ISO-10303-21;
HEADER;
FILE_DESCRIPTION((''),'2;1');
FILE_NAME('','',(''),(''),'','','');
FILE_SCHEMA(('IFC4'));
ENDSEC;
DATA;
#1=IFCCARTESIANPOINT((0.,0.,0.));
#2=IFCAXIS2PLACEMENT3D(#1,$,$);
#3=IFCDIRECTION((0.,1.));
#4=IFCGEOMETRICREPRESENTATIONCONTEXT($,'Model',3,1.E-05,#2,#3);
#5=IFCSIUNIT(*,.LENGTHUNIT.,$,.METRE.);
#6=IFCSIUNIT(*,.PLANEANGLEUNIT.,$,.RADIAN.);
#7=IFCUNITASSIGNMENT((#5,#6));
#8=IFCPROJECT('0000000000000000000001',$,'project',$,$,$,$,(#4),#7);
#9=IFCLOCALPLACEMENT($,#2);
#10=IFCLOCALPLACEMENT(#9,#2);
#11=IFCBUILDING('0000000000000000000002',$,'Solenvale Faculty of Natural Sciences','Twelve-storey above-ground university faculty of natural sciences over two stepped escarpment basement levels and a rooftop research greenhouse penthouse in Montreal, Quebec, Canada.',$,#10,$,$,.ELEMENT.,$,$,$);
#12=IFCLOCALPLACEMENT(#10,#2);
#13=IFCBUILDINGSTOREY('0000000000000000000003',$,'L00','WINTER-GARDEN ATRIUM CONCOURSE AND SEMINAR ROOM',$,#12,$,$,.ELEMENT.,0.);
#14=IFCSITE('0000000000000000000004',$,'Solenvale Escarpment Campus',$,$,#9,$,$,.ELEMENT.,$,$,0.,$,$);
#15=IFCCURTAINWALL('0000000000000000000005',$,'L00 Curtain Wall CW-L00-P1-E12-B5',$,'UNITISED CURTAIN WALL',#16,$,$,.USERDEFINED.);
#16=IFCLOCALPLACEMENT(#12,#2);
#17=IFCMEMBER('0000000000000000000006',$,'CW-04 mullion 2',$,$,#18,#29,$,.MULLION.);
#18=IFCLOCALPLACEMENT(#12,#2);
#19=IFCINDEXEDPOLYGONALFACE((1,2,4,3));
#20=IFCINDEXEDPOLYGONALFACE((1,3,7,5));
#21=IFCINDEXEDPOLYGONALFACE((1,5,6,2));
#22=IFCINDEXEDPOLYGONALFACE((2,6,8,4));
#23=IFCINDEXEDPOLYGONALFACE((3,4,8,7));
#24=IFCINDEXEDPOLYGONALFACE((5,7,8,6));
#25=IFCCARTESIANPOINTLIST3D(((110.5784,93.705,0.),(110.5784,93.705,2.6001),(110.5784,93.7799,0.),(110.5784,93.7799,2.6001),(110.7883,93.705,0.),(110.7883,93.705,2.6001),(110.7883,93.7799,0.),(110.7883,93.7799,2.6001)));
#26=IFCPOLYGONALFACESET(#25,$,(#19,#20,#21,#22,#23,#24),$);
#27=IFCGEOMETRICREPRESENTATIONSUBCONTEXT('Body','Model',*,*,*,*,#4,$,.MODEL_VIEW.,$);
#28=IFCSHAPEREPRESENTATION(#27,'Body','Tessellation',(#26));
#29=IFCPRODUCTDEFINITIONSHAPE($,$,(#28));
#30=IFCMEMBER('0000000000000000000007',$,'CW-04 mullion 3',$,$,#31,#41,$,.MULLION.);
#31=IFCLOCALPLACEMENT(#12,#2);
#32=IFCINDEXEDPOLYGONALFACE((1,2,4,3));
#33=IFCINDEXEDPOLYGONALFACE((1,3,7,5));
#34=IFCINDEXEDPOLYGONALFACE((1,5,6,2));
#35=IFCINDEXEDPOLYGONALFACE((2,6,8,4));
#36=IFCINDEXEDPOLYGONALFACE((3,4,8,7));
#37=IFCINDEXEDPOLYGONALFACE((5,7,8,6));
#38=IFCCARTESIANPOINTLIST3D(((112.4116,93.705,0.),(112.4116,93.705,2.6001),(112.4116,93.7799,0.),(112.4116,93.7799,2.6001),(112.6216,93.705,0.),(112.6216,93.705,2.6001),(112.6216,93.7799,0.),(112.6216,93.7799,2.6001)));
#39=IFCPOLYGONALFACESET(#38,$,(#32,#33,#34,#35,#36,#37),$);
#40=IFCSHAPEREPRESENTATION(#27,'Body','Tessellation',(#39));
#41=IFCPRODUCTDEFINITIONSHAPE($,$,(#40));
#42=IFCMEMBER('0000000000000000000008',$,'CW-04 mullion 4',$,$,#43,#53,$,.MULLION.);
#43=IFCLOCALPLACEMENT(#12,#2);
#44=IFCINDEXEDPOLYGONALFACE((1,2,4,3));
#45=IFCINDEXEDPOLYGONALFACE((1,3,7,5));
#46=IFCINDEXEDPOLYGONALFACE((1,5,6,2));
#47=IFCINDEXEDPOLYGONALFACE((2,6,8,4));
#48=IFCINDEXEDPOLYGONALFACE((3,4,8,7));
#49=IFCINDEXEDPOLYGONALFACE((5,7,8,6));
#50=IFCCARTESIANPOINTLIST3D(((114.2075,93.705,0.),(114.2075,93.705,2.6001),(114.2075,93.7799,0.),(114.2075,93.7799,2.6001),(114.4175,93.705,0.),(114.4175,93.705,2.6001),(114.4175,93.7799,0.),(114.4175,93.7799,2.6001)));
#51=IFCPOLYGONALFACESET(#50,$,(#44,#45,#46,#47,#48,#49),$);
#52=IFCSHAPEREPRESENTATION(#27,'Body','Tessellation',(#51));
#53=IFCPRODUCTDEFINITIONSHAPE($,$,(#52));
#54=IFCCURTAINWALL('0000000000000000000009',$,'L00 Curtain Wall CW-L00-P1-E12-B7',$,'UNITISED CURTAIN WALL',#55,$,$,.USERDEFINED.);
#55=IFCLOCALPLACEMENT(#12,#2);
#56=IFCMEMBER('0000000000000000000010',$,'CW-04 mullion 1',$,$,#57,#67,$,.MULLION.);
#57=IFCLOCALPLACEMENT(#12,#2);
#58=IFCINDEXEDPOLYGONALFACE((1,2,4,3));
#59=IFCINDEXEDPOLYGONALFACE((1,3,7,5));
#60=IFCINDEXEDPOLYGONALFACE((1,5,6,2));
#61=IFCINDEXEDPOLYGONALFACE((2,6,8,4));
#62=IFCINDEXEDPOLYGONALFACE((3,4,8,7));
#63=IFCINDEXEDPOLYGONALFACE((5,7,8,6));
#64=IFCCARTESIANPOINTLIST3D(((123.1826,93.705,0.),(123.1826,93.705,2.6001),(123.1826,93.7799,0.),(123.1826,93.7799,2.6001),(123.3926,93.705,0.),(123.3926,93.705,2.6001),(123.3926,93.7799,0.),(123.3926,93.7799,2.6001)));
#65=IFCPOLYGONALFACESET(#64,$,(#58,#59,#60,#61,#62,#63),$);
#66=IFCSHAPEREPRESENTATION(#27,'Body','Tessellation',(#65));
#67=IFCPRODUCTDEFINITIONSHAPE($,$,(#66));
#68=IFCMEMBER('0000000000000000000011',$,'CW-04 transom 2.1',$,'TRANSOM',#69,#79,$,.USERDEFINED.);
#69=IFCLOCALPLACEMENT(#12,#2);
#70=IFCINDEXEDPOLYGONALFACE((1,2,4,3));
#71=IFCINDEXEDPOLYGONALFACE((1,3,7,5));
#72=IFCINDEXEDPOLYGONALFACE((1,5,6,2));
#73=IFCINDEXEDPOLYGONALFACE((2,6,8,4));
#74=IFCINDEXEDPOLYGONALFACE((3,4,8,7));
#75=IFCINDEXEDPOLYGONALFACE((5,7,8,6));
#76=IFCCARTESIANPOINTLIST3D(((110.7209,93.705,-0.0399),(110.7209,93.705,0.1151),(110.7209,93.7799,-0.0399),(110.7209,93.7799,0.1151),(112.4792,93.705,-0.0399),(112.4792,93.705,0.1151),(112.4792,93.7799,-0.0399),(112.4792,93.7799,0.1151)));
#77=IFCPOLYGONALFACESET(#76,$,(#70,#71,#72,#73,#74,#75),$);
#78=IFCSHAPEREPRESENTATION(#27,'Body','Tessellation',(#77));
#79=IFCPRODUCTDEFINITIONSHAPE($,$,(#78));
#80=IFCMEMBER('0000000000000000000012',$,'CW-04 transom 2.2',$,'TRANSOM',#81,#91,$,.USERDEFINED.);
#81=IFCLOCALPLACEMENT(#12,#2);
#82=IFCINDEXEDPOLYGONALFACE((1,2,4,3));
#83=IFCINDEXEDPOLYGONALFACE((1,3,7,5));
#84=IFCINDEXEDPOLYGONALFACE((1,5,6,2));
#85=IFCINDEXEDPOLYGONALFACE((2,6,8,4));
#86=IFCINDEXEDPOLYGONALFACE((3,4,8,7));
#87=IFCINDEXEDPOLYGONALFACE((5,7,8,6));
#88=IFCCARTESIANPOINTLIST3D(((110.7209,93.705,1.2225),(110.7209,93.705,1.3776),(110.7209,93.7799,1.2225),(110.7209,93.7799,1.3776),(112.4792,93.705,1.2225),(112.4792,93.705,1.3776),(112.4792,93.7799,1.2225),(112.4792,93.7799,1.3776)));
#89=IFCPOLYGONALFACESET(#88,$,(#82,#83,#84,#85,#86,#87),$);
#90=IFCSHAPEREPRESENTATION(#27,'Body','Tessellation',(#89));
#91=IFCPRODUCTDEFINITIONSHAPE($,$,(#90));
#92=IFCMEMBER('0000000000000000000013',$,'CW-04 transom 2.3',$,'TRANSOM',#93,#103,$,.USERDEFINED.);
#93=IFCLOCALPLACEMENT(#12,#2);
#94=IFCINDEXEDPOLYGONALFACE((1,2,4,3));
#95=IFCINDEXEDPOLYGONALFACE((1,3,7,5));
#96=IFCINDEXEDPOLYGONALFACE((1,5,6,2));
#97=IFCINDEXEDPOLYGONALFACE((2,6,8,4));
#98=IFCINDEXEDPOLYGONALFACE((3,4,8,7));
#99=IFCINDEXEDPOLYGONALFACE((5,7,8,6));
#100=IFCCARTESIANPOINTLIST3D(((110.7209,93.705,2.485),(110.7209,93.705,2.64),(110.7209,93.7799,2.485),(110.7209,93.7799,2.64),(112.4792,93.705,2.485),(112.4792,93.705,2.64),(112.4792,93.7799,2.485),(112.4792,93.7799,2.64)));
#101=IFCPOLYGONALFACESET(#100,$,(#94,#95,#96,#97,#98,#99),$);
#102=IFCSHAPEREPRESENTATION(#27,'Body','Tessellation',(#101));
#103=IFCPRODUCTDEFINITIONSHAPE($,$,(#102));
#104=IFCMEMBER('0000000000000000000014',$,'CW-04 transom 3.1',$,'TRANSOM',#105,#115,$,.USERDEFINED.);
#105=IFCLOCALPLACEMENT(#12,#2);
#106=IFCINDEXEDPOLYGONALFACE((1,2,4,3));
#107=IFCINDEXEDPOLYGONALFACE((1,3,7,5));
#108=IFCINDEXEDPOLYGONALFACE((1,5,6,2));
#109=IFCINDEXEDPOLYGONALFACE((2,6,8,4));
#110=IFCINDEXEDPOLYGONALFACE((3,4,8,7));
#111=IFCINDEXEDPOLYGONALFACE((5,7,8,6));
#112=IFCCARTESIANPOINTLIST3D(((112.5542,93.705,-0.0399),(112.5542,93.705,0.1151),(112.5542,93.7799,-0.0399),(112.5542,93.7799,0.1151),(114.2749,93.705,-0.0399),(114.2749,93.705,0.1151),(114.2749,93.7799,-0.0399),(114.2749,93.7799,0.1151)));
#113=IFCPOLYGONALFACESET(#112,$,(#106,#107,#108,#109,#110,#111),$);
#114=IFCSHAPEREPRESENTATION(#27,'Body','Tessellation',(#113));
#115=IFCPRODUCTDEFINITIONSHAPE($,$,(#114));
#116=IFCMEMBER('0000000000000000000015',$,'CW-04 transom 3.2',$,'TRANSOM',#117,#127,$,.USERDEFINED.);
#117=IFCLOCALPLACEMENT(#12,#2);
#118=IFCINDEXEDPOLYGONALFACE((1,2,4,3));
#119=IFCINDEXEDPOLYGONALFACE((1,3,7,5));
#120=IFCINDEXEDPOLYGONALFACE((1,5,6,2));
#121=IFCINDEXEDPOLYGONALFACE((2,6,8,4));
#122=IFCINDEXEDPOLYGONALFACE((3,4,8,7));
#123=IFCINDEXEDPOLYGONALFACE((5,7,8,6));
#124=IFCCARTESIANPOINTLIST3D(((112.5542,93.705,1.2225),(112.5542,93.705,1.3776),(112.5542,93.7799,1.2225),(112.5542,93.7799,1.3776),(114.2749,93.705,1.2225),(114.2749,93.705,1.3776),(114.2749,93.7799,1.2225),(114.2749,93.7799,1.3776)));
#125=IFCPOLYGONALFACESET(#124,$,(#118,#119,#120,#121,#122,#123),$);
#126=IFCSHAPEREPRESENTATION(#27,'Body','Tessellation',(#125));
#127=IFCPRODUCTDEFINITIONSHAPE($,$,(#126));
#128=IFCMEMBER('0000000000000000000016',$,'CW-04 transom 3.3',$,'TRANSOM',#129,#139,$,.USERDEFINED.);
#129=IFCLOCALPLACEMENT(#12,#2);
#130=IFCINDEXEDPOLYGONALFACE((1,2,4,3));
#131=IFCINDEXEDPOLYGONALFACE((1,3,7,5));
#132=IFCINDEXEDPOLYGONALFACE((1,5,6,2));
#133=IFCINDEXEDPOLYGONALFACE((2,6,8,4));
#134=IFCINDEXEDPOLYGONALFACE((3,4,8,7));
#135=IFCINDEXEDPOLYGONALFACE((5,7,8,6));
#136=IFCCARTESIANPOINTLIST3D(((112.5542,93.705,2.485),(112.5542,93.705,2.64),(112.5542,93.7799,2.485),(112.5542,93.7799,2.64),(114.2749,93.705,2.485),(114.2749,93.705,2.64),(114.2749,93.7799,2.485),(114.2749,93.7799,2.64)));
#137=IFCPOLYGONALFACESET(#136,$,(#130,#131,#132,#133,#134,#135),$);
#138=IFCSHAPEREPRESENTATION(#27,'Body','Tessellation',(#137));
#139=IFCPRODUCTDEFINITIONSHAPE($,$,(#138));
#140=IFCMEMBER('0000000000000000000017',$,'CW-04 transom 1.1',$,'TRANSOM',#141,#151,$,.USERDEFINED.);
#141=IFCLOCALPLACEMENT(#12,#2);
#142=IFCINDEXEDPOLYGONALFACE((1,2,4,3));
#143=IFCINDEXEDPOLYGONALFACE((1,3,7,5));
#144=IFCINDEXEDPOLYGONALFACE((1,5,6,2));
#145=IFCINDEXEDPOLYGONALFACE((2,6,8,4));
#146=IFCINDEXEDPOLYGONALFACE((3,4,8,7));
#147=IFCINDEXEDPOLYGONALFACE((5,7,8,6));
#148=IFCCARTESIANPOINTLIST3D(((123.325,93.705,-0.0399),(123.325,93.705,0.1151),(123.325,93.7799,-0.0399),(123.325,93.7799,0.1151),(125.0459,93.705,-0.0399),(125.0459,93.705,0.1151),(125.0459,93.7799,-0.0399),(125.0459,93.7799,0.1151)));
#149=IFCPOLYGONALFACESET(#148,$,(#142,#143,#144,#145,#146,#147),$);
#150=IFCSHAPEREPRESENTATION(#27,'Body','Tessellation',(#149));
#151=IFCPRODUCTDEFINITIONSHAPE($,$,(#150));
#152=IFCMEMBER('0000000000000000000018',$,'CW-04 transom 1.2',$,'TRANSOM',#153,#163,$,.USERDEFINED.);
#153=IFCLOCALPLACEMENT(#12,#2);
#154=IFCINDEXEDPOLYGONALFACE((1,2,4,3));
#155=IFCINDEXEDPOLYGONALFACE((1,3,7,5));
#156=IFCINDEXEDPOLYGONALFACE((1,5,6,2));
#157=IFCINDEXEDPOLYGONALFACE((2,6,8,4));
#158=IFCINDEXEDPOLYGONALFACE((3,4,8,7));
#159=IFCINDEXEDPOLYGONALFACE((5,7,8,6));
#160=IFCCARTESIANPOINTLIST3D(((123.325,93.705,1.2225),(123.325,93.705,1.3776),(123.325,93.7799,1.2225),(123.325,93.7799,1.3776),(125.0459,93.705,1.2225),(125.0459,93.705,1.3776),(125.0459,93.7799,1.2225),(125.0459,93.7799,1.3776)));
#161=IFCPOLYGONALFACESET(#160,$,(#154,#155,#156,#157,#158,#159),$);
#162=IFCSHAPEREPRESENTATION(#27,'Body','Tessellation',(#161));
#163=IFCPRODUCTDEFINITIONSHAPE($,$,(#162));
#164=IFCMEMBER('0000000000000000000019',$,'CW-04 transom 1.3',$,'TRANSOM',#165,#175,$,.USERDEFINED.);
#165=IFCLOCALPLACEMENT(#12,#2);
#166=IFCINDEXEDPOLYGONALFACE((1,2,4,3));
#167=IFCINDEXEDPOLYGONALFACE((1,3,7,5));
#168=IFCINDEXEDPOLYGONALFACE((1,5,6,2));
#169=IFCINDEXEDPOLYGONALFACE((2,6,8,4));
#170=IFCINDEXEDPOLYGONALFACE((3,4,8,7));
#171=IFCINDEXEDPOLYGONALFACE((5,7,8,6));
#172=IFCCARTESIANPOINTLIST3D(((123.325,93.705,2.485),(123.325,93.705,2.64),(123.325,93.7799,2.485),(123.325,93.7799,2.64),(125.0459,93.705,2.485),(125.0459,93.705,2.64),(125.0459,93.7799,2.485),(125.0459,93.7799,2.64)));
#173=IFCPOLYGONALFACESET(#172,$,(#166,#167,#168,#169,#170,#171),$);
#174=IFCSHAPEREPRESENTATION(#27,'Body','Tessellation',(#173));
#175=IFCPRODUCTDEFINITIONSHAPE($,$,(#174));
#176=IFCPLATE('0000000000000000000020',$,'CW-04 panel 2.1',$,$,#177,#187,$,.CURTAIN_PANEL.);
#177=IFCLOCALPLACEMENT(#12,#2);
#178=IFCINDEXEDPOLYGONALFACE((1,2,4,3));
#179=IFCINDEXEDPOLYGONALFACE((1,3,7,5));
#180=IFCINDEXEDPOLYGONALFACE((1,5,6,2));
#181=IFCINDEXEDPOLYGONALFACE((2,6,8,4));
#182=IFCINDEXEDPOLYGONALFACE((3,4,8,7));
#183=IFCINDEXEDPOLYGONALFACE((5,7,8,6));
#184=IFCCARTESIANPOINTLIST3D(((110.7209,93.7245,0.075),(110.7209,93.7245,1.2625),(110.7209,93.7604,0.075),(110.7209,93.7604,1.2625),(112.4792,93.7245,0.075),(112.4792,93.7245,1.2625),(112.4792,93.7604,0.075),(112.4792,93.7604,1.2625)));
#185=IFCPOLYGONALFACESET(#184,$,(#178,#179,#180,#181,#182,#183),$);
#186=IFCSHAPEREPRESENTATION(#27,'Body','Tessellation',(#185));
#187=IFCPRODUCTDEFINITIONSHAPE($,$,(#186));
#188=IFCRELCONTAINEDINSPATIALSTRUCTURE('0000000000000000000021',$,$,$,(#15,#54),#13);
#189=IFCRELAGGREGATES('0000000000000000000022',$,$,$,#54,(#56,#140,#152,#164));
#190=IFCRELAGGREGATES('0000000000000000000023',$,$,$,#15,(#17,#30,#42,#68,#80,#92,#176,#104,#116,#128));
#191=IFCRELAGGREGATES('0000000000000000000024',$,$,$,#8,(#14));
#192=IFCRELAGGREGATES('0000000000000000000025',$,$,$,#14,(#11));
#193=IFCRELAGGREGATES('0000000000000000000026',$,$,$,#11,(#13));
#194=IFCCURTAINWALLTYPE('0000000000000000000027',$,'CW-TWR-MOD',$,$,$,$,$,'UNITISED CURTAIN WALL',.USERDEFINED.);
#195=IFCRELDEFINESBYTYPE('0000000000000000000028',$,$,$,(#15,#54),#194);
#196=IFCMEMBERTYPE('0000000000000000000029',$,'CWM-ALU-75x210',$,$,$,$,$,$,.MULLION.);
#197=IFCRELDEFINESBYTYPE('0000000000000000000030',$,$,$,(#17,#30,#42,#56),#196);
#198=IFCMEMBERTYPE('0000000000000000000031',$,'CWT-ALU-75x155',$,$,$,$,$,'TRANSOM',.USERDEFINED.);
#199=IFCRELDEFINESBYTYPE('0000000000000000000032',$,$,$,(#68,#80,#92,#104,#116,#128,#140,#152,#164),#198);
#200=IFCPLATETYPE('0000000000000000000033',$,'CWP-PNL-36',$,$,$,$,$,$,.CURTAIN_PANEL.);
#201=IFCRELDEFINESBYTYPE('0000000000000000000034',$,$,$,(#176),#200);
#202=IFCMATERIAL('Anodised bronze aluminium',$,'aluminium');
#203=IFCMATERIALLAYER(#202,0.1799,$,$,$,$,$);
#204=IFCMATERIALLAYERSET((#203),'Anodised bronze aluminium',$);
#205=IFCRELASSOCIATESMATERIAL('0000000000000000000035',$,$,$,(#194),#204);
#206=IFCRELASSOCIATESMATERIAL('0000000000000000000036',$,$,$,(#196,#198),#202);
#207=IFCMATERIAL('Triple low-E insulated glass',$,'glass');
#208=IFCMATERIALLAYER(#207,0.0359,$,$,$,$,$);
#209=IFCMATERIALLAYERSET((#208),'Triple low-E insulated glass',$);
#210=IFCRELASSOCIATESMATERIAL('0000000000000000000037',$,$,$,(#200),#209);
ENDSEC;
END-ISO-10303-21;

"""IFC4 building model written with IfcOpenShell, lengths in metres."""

from ifc_helpers import new_model, si_unit, direction, frame, origin, origin_2d, place, context, subcontext, project, spatial, rectangle, extrude, material, layer, layer_set, material_profile, profile_set, type_object, element, aggregate, save


model = new_model("IFC4")

# Units and contexts
model_context = context("Model", 3, precision=1e-05, world=origin(), true_north=direction((0.0, 1.0)))
body_context = subcontext(model_context, "Body", "Model", "MODEL_VIEW")
ifc_project = project(units=[si_unit("LENGTHUNIT", "METRE"), si_unit("PLANEANGLEUNIT", "RADIAN")], contexts=[model_context])

# Site, building, storey
site_placement = place(None, origin())
site = spatial("IfcSite", under=ifc_project, at=site_placement, Name="Solenvale Escarpment Campus", CompositionType="ELEMENT", RefElevation=0.0)
building_placement = place(site_placement, origin())
building = spatial("IfcBuilding", under=site, at=building_placement, Name="Solenvale Faculty of Natural Sciences", Description="Twelve-storey above-ground university faculty of natural sciences over two stepped escarpment basement levels and a rooftop research greenhouse penthouse in Montreal, Quebec, Canada.", CompositionType="ELEMENT")
storey_placement = place(building_placement, origin())
storey = spatial("IfcBuildingStorey", under=building, at=storey_placement, Name="L00", Description="WINTER-GARDEN ATRIUM CONCOURSE AND SEMINAR ROOM", CompositionType="ELEMENT", Elevation=0.0)

# Curtain wall, members
ifc_material_1 = material(Name="Anodised bronze aluminium", Category="aluminium")
ifc_layer_1 = layer(ifc_material_1, 0.1799)
ifc_layer_set_1 = layer_set([ifc_layer_1], Name="Anodised bronze aluminium")
curtain_wall_type = type_object("IfcCurtainWallType", Name="CW-TWR-MOD", ElementType="UNITISED CURTAIN WALL", PredefinedType="USERDEFINED", material=ifc_layer_set_1)
curtain_wall_1_placement = place(storey_placement, origin())
curtain_wall_1 = element("IfcCurtainWall", 1, at=curtain_wall_1_placement, inside=storey, type_object=curtain_wall_type, Name="L00 Curtain Wall CW-L00-P1-E12-B5", ObjectType="UNITISED CURTAIN WALL", PredefinedType="USERDEFINED")
ifc_material_profile_1 = material_profile(ifc_material_1, rectangle(XDim=0.075, YDim=0.21, at=origin_2d()), Name="ALU-MUL-75x210")
ifc_profile_set_1 = profile_set([ifc_material_profile_1], Name="Anodised bronze aluminium")
member_type_1 = type_object("IfcMemberType", Name="CWM-ALU-75x210", PredefinedType="MULLION", material=ifc_profile_set_1)
member_1_placement = place(storey_placement, frame((110.6833, 93.7424, 0.0), z_axis=(0.0, 0.0, 1.0), x_axis=(0.0, 1.0, 0.0)))
member_1 = element("IfcMember", 2, at=member_1_placement, type_object=member_type_1, Name="CW-04 mullion 2", PredefinedType="MULLION", context=body_context, shape_type="SweptSolid", body=[
    extrude(rectangle(XDim=0.075, YDim=0.21, at=origin_2d()), origin(), (0.0, 0.0, 1.0), 2.6001),
])
member_2_placement = place(storey_placement, frame((112.5166, 93.7424, 0.0), z_axis=(0.0, 0.0, 1.0), x_axis=(0.0, 1.0, 0.0)))
member_2 = element("IfcMember", 3, at=member_2_placement, type_object=member_type_1, Name="CW-04 mullion 3", PredefinedType="MULLION", context=body_context, shape_type="SweptSolid", body=[
    extrude(rectangle(XDim=0.075, YDim=0.21, at=origin_2d()), origin(), (0.0, 0.0, 1.0), 2.6001),
])
member_3_placement = place(storey_placement, frame((114.3125, 93.7424, 0.0), z_axis=(0.0, 0.0, 1.0), x_axis=(0.0, 1.0, 0.0)))
member_3 = element("IfcMember", 4, at=member_3_placement, type_object=member_type_1, Name="CW-04 mullion 4", PredefinedType="MULLION", context=body_context, shape_type="SweptSolid", body=[
    extrude(rectangle(XDim=0.075, YDim=0.21, at=origin_2d()), origin(), (0.0, 0.0, 1.0), 2.6001),
])

# Curtain wall, member
curtain_wall_2_placement = place(storey_placement, origin())
curtain_wall_2 = element("IfcCurtainWall", 5, at=curtain_wall_2_placement, inside=storey, type_object=curtain_wall_type, Name="L00 Curtain Wall CW-L00-P1-E12-B7", ObjectType="UNITISED CURTAIN WALL", PredefinedType="USERDEFINED")
member_4_placement = place(storey_placement, frame((123.2876, 93.7424, 0.0), z_axis=(0.0, 0.0, 1.0), x_axis=(0.0, 1.0, 0.0)))
member_4 = element("IfcMember", 6, at=member_4_placement, type_object=member_type_1, Name="CW-04 mullion 1", PredefinedType="MULLION", context=body_context, shape_type="SweptSolid", body=[
    extrude(rectangle(XDim=0.075, YDim=0.21, at=origin_2d()), origin(), (0.0, 0.0, 1.0), 2.6001),
])

# Members
ifc_material_profile_2 = material_profile(ifc_material_1, rectangle(XDim=0.075, YDim=0.155, at=origin_2d()), Name="ALU-TRN-75x155")
ifc_profile_set_2 = profile_set([ifc_material_profile_2], Name="Anodised bronze aluminium")
member_type_2 = type_object("IfcMemberType", Name="CWT-ALU-75x155", ElementType="TRANSOM", PredefinedType="USERDEFINED", material=ifc_profile_set_2)
member_5_placement = place(storey_placement, frame((110.7209, 93.7424, 0.0376), z_axis=(1.0, 0.0, 0.0), x_axis=(0.0, 1.0, 0.0)))
member_5 = element("IfcMember", 7, at=member_5_placement, type_object=member_type_2, Name="CW-04 transom 2.1", ObjectType="TRANSOM", PredefinedType="USERDEFINED", context=body_context, shape_type="SweptSolid", body=[
    extrude(rectangle(XDim=0.075, YDim=0.155, at=origin_2d()), origin(), (0.0, 0.0, 1.0), 1.7583),
])
member_6_placement = place(storey_placement, frame((110.7209, 93.7424, 1.3), z_axis=(1.0, 0.0, 0.0), x_axis=(0.0, 1.0, 0.0)))
member_6 = element("IfcMember", 8, at=member_6_placement, type_object=member_type_2, Name="CW-04 transom 2.2", ObjectType="TRANSOM", PredefinedType="USERDEFINED", context=body_context, shape_type="SweptSolid", body=[
    extrude(rectangle(XDim=0.075, YDim=0.155, at=origin_2d()), origin(), (0.0, 0.0, 1.0), 1.7583),
])
member_7_placement = place(storey_placement, frame((110.7209, 93.7424, 2.5625), z_axis=(1.0, 0.0, 0.0), x_axis=(0.0, 1.0, 0.0)))
member_7 = element("IfcMember", 9, at=member_7_placement, type_object=member_type_2, Name="CW-04 transom 2.3", ObjectType="TRANSOM", PredefinedType="USERDEFINED", context=body_context, shape_type="SweptSolid", body=[
    extrude(rectangle(XDim=0.075, YDim=0.155, at=origin_2d()), origin(), (0.0, 0.0, 1.0), 1.7583),
])
member_8_placement = place(storey_placement, frame((112.5542, 93.7424, 0.0376), z_axis=(1.0, 0.0, 0.0), x_axis=(0.0, 1.0, 0.0)))
member_8 = element("IfcMember", 10, at=member_8_placement, type_object=member_type_2, Name="CW-04 transom 3.1", ObjectType="TRANSOM", PredefinedType="USERDEFINED", context=body_context, shape_type="SweptSolid", body=[
    extrude(rectangle(XDim=0.075, YDim=0.155, at=origin_2d()), origin(), (0.0, 0.0, 1.0), 1.7207),
])
member_9_placement = place(storey_placement, frame((112.5542, 93.7424, 1.3), z_axis=(1.0, 0.0, 0.0), x_axis=(0.0, 1.0, 0.0)))
member_9 = element("IfcMember", 11, at=member_9_placement, type_object=member_type_2, Name="CW-04 transom 3.2", ObjectType="TRANSOM", PredefinedType="USERDEFINED", context=body_context, shape_type="SweptSolid", body=[
    extrude(rectangle(XDim=0.075, YDim=0.155, at=origin_2d()), origin(), (0.0, 0.0, 1.0), 1.7207),
])
member_10_placement = place(storey_placement, frame((112.5542, 93.7424, 2.5625), z_axis=(1.0, 0.0, 0.0), x_axis=(0.0, 1.0, 0.0)))
member_10 = element("IfcMember", 12, at=member_10_placement, type_object=member_type_2, Name="CW-04 transom 3.3", ObjectType="TRANSOM", PredefinedType="USERDEFINED", context=body_context, shape_type="SweptSolid", body=[
    extrude(rectangle(XDim=0.075, YDim=0.155, at=origin_2d()), origin(), (0.0, 0.0, 1.0), 1.7207),
])
member_11_placement = place(storey_placement, frame((123.325, 93.7424, 0.0376), z_axis=(1.0, 0.0, 0.0), x_axis=(0.0, 1.0, 0.0)))
member_11 = element("IfcMember", 13, at=member_11_placement, type_object=member_type_2, Name="CW-04 transom 1.1", ObjectType="TRANSOM", PredefinedType="USERDEFINED", context=body_context, shape_type="SweptSolid", body=[
    extrude(rectangle(XDim=0.075, YDim=0.155, at=origin_2d()), origin(), (0.0, 0.0, 1.0), 1.7209),
])
member_12_placement = place(storey_placement, frame((123.325, 93.7424, 1.3), z_axis=(1.0, 0.0, 0.0), x_axis=(0.0, 1.0, 0.0)))
member_12 = element("IfcMember", 14, at=member_12_placement, type_object=member_type_2, Name="CW-04 transom 1.2", ObjectType="TRANSOM", PredefinedType="USERDEFINED", context=body_context, shape_type="SweptSolid", body=[
    extrude(rectangle(XDim=0.075, YDim=0.155, at=origin_2d()), origin(), (0.0, 0.0, 1.0), 1.7209),
])
member_13_placement = place(storey_placement, frame((123.325, 93.7424, 2.5625), z_axis=(1.0, 0.0, 0.0), x_axis=(0.0, 1.0, 0.0)))
member_13 = element("IfcMember", 15, at=member_13_placement, type_object=member_type_2, Name="CW-04 transom 1.3", ObjectType="TRANSOM", PredefinedType="USERDEFINED", context=body_context, shape_type="SweptSolid", body=[
    extrude(rectangle(XDim=0.075, YDim=0.155, at=origin_2d()), origin(), (0.0, 0.0, 1.0), 1.7209),
])
aggregate(curtain_wall_2, [member_4, member_11, member_12, member_13])

# Plate
ifc_material_2 = material(Name="Triple low-E insulated glass", Category="glass")
ifc_layer_2 = layer(ifc_material_2, 0.0359)
ifc_layer_set_2 = layer_set([ifc_layer_2], Name="Triple low-E insulated glass")
plate_type = type_object("IfcPlateType", Name="CWP-PNL-36", PredefinedType="CURTAIN_PANEL", material=ifc_layer_set_2)
plate_1_placement = place(storey_placement, frame((111.6001, 93.7424, 0.075), z_axis=(0.0, 0.0, 1.0), x_axis=(1.0, 0.0, 0.0)))
plate_1 = element("IfcPlate", 16, at=plate_1_placement, type_object=plate_type, Name="CW-04 panel 2.1", PredefinedType="CURTAIN_PANEL", context=body_context, shape_type="SweptSolid", body=[
    extrude(rectangle(XDim=1.7583, YDim=0.0359, at=origin_2d()), origin(), (0.0, 0.0, 1.0), 1.1875),
])
aggregate(curtain_wall_1, [member_1, member_2, member_3, member_5, member_6, member_7, plate_1, member_8, member_9, member_10])

save(model, "model.ifc")
